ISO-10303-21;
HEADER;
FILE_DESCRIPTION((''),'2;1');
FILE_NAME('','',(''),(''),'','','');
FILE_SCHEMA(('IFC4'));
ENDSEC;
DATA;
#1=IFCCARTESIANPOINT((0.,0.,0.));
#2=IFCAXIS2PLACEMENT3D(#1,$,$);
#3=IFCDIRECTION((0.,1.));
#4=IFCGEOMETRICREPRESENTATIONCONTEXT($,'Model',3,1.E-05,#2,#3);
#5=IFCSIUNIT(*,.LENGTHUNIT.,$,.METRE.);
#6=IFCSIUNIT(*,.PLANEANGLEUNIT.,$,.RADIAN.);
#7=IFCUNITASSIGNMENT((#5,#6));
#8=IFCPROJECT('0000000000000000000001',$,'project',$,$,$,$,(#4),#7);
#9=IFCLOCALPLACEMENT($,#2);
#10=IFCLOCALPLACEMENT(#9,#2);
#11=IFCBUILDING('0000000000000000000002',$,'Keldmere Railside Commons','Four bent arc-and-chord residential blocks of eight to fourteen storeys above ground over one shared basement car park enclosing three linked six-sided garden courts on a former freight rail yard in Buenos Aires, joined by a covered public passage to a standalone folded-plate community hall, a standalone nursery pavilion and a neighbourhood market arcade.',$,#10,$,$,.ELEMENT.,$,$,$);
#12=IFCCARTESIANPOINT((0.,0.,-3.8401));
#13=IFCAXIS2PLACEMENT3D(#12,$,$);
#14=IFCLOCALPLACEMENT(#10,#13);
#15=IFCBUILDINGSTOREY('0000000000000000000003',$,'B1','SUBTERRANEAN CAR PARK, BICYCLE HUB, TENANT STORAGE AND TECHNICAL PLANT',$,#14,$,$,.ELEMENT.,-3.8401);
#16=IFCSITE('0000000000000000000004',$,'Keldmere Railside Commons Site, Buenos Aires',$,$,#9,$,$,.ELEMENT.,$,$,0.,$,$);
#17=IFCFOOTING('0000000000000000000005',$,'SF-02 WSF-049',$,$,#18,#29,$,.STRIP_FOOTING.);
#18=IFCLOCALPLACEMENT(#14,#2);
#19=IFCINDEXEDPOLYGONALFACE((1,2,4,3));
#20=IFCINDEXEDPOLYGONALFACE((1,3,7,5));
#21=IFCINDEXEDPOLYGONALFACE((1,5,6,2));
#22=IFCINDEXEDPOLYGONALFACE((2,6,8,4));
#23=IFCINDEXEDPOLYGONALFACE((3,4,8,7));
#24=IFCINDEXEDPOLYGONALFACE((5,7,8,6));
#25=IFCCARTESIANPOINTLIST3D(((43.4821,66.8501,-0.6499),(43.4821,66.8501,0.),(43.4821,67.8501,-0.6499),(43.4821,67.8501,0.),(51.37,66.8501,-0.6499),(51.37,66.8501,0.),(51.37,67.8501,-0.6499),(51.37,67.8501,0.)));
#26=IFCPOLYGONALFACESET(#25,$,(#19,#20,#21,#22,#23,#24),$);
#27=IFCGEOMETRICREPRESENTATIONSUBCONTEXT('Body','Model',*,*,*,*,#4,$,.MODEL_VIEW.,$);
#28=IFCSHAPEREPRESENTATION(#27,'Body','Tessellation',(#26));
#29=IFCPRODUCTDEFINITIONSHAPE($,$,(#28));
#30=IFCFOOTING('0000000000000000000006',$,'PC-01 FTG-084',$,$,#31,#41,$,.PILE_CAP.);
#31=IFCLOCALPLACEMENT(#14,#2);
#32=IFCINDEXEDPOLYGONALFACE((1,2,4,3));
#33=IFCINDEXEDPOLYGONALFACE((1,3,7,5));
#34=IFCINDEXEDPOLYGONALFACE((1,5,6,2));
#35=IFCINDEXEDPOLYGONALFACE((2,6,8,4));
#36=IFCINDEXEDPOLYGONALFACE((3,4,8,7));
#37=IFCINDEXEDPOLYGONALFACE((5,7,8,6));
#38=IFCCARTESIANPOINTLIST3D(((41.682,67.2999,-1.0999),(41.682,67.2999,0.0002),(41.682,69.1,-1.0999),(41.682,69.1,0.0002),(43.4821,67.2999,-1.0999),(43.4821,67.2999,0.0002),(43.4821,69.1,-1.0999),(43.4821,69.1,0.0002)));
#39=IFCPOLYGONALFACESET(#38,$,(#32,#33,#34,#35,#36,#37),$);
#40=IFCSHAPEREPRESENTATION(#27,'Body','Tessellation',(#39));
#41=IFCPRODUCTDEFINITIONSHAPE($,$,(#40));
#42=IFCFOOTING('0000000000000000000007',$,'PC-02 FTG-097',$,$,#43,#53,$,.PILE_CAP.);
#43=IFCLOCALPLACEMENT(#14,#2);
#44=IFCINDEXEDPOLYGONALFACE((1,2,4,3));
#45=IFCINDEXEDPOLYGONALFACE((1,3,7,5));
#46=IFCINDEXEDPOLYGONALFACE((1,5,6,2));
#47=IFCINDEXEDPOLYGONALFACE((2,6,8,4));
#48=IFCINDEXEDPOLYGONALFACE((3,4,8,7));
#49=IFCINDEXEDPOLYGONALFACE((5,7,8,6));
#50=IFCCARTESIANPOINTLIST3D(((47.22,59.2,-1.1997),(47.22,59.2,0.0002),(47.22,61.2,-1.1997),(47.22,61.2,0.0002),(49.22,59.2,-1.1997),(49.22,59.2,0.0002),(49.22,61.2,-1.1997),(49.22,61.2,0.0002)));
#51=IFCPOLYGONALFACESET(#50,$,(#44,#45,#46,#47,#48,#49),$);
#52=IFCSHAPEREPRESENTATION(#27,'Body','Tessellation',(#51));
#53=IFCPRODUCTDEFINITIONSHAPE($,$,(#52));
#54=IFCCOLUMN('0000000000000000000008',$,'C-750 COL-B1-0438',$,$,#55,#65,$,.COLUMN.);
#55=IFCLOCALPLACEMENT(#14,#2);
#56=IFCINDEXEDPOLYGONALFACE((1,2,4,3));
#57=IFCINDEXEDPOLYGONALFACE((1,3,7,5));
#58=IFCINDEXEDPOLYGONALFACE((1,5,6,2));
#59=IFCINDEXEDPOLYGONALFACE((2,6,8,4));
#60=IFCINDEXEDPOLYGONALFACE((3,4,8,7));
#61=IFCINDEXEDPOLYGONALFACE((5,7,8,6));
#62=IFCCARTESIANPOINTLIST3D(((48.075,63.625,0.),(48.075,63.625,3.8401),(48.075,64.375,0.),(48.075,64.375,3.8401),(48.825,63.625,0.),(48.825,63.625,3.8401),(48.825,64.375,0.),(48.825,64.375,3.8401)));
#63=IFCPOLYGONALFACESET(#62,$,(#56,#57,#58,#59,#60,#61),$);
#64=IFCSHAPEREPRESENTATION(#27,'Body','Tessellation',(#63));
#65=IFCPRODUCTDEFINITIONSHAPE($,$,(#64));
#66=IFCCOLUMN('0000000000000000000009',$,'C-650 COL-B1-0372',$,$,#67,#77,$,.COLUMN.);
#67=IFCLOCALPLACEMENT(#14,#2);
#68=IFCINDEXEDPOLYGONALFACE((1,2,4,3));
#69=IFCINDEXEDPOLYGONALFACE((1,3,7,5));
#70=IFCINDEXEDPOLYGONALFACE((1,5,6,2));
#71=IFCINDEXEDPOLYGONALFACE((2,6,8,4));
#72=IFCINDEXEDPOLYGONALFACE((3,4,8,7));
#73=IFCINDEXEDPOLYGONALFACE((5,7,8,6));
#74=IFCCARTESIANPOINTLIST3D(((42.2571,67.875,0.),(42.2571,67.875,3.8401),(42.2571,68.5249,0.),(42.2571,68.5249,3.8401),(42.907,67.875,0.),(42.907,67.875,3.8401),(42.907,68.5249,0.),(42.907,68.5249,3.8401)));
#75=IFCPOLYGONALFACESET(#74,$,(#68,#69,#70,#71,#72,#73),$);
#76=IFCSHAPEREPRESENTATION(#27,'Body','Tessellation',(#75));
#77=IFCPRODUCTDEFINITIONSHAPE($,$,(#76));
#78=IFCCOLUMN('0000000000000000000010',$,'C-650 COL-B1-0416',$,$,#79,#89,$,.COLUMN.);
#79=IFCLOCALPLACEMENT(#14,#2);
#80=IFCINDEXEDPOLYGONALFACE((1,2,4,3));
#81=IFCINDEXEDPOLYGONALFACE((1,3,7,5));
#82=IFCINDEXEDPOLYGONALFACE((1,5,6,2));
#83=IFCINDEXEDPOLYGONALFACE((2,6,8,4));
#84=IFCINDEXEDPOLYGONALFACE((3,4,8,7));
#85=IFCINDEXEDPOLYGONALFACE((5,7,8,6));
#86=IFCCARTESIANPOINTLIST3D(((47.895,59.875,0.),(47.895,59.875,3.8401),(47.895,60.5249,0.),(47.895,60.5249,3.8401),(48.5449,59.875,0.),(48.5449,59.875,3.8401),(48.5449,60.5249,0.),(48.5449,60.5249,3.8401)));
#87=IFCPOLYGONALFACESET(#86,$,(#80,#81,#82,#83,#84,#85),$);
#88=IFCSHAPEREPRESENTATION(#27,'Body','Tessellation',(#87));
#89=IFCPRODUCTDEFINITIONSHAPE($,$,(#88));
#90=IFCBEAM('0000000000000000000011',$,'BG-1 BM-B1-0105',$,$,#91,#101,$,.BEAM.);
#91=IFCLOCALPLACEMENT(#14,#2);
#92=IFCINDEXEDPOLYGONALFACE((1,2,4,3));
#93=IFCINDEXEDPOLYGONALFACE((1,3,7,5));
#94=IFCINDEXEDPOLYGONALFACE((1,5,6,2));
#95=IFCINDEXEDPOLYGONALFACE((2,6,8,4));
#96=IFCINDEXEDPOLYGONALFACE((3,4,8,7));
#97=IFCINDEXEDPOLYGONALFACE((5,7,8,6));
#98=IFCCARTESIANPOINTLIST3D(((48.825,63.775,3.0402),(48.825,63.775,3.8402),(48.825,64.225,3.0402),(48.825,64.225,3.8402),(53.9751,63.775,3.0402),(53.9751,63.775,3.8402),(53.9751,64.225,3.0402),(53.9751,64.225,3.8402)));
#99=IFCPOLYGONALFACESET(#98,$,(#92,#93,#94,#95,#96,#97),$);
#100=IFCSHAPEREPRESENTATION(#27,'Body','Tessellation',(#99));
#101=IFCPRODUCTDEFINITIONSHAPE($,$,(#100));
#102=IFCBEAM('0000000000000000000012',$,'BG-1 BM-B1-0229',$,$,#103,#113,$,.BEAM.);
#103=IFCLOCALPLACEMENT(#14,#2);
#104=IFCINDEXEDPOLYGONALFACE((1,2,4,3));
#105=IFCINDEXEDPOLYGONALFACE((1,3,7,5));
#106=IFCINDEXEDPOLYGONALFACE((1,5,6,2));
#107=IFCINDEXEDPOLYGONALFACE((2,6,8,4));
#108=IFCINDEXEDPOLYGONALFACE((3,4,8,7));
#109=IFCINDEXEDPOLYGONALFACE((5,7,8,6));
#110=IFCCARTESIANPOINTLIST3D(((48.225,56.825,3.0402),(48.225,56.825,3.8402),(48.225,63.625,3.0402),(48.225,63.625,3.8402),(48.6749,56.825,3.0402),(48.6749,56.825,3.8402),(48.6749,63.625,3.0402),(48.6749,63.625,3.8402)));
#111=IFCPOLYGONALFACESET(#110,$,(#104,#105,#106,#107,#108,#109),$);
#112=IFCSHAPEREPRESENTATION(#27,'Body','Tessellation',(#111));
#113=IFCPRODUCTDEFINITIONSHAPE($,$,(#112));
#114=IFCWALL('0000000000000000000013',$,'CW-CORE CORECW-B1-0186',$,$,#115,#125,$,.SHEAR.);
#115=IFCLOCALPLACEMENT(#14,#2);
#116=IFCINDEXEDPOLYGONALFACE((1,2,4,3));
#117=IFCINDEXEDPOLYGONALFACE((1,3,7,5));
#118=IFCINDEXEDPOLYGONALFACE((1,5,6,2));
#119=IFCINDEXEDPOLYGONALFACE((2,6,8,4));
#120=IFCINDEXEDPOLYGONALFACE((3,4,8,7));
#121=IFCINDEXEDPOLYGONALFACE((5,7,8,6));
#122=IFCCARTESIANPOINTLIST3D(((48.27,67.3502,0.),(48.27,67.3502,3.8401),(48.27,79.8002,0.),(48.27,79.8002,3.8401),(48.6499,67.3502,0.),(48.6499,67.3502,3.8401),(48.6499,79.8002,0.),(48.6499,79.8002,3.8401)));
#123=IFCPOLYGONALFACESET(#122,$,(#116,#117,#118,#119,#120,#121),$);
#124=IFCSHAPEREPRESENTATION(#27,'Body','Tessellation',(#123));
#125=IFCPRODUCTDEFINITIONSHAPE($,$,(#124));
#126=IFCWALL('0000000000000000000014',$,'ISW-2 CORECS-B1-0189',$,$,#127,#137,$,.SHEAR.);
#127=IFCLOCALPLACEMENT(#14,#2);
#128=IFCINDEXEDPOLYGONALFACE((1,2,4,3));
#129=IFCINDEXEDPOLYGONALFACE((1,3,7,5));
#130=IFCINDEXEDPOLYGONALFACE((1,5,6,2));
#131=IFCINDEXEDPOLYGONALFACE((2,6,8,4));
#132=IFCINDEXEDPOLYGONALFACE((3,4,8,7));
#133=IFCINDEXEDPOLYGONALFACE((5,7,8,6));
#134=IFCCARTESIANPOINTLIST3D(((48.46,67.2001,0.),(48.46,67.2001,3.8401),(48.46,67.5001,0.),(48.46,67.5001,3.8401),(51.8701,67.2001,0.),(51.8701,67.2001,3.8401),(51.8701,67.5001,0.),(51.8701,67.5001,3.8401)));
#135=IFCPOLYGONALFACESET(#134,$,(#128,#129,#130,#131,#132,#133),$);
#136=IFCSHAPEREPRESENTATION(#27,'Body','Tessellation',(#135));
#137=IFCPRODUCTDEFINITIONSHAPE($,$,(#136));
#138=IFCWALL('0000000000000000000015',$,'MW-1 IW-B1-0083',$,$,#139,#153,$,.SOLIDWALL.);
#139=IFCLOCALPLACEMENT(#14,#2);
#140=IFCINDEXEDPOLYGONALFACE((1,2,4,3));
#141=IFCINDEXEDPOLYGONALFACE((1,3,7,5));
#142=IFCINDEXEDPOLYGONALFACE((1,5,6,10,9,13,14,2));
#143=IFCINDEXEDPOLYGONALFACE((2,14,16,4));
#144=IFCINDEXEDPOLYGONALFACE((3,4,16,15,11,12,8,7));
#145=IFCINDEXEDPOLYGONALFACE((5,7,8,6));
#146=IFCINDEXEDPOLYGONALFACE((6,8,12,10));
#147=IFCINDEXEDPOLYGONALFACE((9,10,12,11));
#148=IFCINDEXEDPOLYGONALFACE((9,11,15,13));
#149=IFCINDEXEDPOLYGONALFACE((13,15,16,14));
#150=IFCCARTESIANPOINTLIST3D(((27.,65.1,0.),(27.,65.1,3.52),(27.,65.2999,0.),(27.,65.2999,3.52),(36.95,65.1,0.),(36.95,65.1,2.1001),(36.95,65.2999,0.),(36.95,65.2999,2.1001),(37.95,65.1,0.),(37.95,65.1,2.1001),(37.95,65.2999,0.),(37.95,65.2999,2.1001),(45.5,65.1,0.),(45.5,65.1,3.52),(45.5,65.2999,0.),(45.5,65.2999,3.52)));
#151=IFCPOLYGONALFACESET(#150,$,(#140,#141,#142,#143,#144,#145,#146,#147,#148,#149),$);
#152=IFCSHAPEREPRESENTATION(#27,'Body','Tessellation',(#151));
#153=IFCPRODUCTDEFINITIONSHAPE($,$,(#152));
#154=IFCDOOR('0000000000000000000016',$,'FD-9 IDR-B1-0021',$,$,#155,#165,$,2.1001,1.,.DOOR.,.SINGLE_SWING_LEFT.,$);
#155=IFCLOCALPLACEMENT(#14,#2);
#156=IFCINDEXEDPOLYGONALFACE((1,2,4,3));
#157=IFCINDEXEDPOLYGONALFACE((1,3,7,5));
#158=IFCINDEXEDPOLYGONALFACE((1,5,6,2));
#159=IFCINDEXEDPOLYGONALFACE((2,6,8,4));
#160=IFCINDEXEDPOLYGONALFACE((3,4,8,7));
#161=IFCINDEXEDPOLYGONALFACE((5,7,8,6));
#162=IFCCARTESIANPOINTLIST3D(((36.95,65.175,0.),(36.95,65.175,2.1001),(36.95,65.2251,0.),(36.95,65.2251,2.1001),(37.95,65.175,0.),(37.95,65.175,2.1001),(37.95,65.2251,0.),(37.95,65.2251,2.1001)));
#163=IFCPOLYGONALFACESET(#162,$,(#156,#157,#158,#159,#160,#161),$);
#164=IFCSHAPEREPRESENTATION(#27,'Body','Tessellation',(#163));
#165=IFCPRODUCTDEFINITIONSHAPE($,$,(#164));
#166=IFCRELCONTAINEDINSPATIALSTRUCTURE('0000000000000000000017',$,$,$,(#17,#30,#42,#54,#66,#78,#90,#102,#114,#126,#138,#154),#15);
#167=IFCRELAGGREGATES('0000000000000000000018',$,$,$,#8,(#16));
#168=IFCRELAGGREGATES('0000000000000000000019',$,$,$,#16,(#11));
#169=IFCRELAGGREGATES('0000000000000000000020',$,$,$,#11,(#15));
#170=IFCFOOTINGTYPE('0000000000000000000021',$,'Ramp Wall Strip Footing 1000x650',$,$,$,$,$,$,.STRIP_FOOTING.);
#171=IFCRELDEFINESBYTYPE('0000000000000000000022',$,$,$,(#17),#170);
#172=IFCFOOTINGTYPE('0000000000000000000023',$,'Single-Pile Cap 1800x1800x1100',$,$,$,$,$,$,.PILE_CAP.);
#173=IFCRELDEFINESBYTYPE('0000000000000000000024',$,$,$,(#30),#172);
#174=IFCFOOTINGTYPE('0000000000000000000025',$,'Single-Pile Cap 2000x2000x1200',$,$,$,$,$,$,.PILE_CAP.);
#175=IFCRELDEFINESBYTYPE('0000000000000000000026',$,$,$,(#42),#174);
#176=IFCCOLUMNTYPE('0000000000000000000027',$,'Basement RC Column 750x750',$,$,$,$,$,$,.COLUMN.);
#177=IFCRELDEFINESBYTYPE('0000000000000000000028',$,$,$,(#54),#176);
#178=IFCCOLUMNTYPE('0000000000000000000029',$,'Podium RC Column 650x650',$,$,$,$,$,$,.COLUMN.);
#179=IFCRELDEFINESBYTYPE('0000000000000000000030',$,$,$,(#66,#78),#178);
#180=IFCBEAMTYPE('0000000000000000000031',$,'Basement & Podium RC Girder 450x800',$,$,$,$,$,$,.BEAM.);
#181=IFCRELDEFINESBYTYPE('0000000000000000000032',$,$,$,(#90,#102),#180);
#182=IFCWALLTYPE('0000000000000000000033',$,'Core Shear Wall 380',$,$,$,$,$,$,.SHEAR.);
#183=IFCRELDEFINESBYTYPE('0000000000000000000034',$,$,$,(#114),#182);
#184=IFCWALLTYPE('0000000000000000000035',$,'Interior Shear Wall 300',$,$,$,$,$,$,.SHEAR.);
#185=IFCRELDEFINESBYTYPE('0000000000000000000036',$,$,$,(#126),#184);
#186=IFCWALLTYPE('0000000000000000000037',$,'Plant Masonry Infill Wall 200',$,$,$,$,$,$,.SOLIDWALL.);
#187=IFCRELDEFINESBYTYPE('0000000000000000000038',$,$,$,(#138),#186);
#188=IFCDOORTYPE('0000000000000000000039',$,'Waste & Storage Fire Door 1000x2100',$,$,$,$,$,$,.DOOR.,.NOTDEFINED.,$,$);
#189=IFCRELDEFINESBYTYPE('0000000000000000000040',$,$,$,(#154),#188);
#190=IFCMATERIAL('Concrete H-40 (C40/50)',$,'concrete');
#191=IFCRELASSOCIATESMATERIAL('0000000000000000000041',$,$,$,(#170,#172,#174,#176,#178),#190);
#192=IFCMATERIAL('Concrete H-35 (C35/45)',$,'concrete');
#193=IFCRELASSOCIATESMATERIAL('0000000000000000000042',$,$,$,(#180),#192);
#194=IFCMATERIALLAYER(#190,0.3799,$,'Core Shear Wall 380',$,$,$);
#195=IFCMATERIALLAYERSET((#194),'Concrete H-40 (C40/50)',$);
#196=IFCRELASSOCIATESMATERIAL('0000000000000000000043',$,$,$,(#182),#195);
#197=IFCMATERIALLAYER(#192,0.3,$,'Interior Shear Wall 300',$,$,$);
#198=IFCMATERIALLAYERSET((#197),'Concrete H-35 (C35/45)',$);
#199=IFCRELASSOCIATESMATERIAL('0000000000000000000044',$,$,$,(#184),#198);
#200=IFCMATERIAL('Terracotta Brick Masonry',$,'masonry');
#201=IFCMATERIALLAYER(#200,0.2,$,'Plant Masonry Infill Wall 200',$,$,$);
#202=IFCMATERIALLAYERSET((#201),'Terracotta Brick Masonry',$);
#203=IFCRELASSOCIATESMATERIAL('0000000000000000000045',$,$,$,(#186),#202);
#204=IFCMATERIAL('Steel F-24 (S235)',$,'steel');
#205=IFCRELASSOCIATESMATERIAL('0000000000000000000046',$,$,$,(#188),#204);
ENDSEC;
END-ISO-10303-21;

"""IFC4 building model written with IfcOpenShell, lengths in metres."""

from ifc_helpers import new_model, si_unit, direction, frame, frame_2d, origin, origin_2d, place, context, subcontext, project, spatial, rectangle, extrude, material, layer, layer_set, material_profile, profile_set, type_object, element, fill, save


model = new_model("IFC4")

# Units and contexts
model_context = context("Model", 3, precision=1e-05, world=origin(), true_north=direction((0.0, 1.0)))
body_context = subcontext(model_context, "Body", "Model", "MODEL_VIEW")
ifc_project = project(units=[si_unit("LENGTHUNIT", "METRE"), si_unit("PLANEANGLEUNIT", "RADIAN")], contexts=[model_context])

# Site, building, storey
site_placement = place(None, origin())
site = spatial("IfcSite", under=ifc_project, at=site_placement, Name="Keldmere Railside Commons Site, Buenos Aires", CompositionType="ELEMENT", RefElevation=0.0)
building_placement = place(site_placement, origin())
building = spatial("IfcBuilding", under=site, at=building_placement, Name="Keldmere Railside Commons", Description="Four bent arc-and-chord residential blocks of eight to fourteen storeys above ground over one shared basement car park enclosing three linked six-sided garden courts on a former freight rail yard in Buenos Aires, joined by a covered public passage to a standalone folded-plate community hall, a standalone nursery pavilion and a neighbourhood market arcade.", CompositionType="ELEMENT")
storey_placement = place(building_placement, frame((0.0, 0.0, -3.8401)))
storey = spatial("IfcBuildingStorey", under=building, at=storey_placement, Name="B1", Description="SUBTERRANEAN CAR PARK, BICYCLE HUB, TENANT STORAGE AND TECHNICAL PLANT", CompositionType="ELEMENT", Elevation=-3.8401)

# Footings
ifc_material_1 = material(Name="Concrete H-40 (C40/50)", Category="concrete")
footing_type_1 = type_object("IfcFootingType", Name="Ramp Wall Strip Footing 1000x650", PredefinedType="STRIP_FOOTING", material=ifc_material_1)
footing_1_placement = place(storey_placement, frame((47.426, 67.3501, -0.6499), z_axis=(0.0, 0.0, 1.0), x_axis=(1.0, 0.0, 0.0)))
element("IfcFooting", 1, at=footing_1_placement, inside=storey, type_object=footing_type_1, Name="SF-02 WSF-049", PredefinedType="STRIP_FOOTING", context=body_context, shape_type="SweptSolid", body=[
    extrude(rectangle(XDim=7.8879, YDim=1.0, at=origin_2d()), origin(), (0.0, 0.0, 1.0), 0.6499),
])
footing_type_2 = type_object("IfcFootingType", Name="Single-Pile Cap 1800x1800x1100", PredefinedType="PILE_CAP", material=ifc_material_1)
footing_2_placement = place(storey_placement, frame((42.582, 68.2, -1.0999), z_axis=(0.0, 0.0, 1.0), x_axis=(1.0, 0.0, 0.0)))
element("IfcFooting", 2, at=footing_2_placement, inside=storey, type_object=footing_type_2, Name="PC-01 FTG-084", PredefinedType="PILE_CAP", context=body_context, shape_type="SweptSolid", body=[
    extrude(rectangle(XDim=1.8, YDim=1.8, at=origin_2d()), origin(), (0.0, 0.0, 1.0), 1.1001),
])
footing_type_3 = type_object("IfcFootingType", Name="Single-Pile Cap 2000x2000x1200", PredefinedType="PILE_CAP", material=ifc_material_1)
footing_3_placement = place(storey_placement, frame((48.22, 60.2, -1.1997), z_axis=(0.0, 0.0, 1.0), x_axis=(1.0, 0.0, 0.0)))
element("IfcFooting", 3, at=footing_3_placement, inside=storey, type_object=footing_type_3, Name="PC-02 FTG-097", PredefinedType="PILE_CAP", context=body_context, shape_type="SweptSolid", body=[
    extrude(rectangle(XDim=2.0, YDim=2.0, at=origin_2d()), origin(), (0.0, 0.0, 1.0), 1.2),
])

# Columns
ifc_material_profile_1 = material_profile(ifc_material_1, rectangle(XDim=0.75, YDim=0.75, at=origin_2d()), Name="RC-750x750")
ifc_profile_set_1 = profile_set([ifc_material_profile_1], Name="Concrete H-40 (C40/50)")
column_type_1 = type_object("IfcColumnType", Name="Basement RC Column 750x750", PredefinedType="COLUMN", material=ifc_profile_set_1)
column_placement = place(storey_placement, frame((48.45, 64.0, 0.0), z_axis=(0.0, 0.0, 1.0), x_axis=(1.0, 0.0, 0.0)))
element("IfcColumn", 4, at=column_placement, inside=storey, type_object=column_type_1, Name="C-750 COL-B1-0438", PredefinedType="COLUMN", context=body_context, shape_type="SweptSolid", body=[
    extrude(rectangle(XDim=0.75, YDim=0.75, at=origin_2d()), origin(), (0.0, 0.0, 1.0), 3.8401),
])
ifc_material_profile_2 = material_profile(ifc_material_1, rectangle(XDim=0.6499, YDim=0.6499, at=origin_2d()), Name="RC-650x650")
ifc_profile_set_2 = profile_set([ifc_material_profile_2], Name="Concrete H-40 (C40/50)")
column_type_2 = type_object("IfcColumnType", Name="Podium RC Column 650x650", PredefinedType="COLUMN", material=ifc_profile_set_2)
for number, where, z_axis, x_axis, name in (
    (5, (42.582, 68.2, 0.0), (0.0, 0.0, 1.0), (1.0, 0.0, 0.0), "C-650 COL-B1-0372"),
    (6, (48.22, 60.2, 0.0), (0.0, 0.0, 1.0), (1.0, 0.0, 0.0), "C-650 COL-B1-0416"),
):
    element("IfcColumn", number, at=place(storey_placement, frame(where, z_axis=z_axis, x_axis=x_axis)), inside=storey, type_object=column_type_2, Name=name, PredefinedType="COLUMN", context=body_context, shape_type="SweptSolid", body=[
        extrude(rectangle(XDim=0.6499, YDim=0.6499, at=origin_2d()), origin(), (0.0, 0.0, 1.0), 3.8401),
    ])

# Beams
ifc_material_2 = material(Name="Concrete H-35 (C35/45)", Category="concrete")
ifc_material_profile_3 = material_profile(ifc_material_2, rectangle(XDim=0.45, YDim=0.8, at=origin_2d()), Name="RC-450x800")
ifc_profile_set_3 = profile_set([ifc_material_profile_3], Name="Concrete H-35 (C35/45)")
beam_type = type_object("IfcBeamType", Name="Basement & Podium RC Girder 450x800", PredefinedType="BEAM", material=ifc_profile_set_3)
beam_1_placement = place(storey_placement, frame((48.825, 64.0, 3.4402), z_axis=(1.0, 0.0, 0.0), x_axis=(0.0, 1.0, 0.0)))
element("IfcBeam", 7, at=beam_1_placement, inside=storey, type_object=beam_type, Name="BG-1 BM-B1-0105", PredefinedType="BEAM", context=body_context, shape_type="SweptSolid", body=[
    extrude(rectangle(XDim=0.45, YDim=0.8, at=origin_2d()), origin(), (0.0, 0.0, 1.0), 5.1501),
])
beam_2_placement = place(storey_placement, frame((48.45, 56.825, 3.4402), z_axis=(0.0, 1.0, 0.0), x_axis=(-1.0, 0.0, 0.0)))
element("IfcBeam", 8, at=beam_2_placement, inside=storey, type_object=beam_type, Name="BG-1 BM-B1-0229", PredefinedType="BEAM", context=body_context, shape_type="SweptSolid", body=[
    extrude(rectangle(XDim=0.45, YDim=0.8, at=origin_2d()), origin(), (0.0, 0.0, 1.0), 6.8),
])

# Walls
ifc_layer_1 = layer(ifc_material_1, 0.3799, Name="Core Shear Wall 380")
ifc_layer_set_1 = layer_set([ifc_layer_1], Name="Concrete H-40 (C40/50)")
wall_type_1 = type_object("IfcWallType", Name="Core Shear Wall 380", PredefinedType="SHEAR", material=ifc_layer_set_1)
wall_1_placement = place(storey_placement, frame((48.46, 67.3501, 0.0), z_axis=(0.0, 0.0, 1.0), x_axis=(0.0, 1.0, 0.0)))
element("IfcWall", 9, at=wall_1_placement, inside=storey, type_object=wall_type_1, Name="CW-CORE CORECW-B1-0186", PredefinedType="SHEAR", context=body_context, shape_type="SweptSolid", body=[
    extrude(rectangle(XDim=12.45, YDim=0.3799, at=frame_2d((6.2251, 0.0))), origin(), (0.0, 0.0, 1.0), 3.8401),
])
ifc_layer_2 = layer(ifc_material_2, 0.3, Name="Interior Shear Wall 300")
ifc_layer_set_2 = layer_set([ifc_layer_2], Name="Concrete H-35 (C35/45)")
wall_type_2 = type_object("IfcWallType", Name="Interior Shear Wall 300", PredefinedType="SHEAR", material=ifc_layer_set_2)
wall_2_placement = place(storey_placement, frame((51.8701, 67.3501, 0.0), z_axis=(0.0, 0.0, 1.0), x_axis=(-1.0, 0.0, 0.0)))
element("IfcWall", 10, at=wall_2_placement, inside=storey, type_object=wall_type_2, Name="ISW-2 CORECS-B1-0189", PredefinedType="SHEAR", context=body_context, shape_type="SweptSolid", body=[
    extrude(rectangle(XDim=3.4102, YDim=0.3, at=frame_2d((1.7051, 0.0))), origin(), (0.0, 0.0, 1.0), 3.8401),
])

# Wall, opening, door
ifc_material_3 = material(Name="Terracotta Brick Masonry", Category="masonry")
ifc_layer_3 = layer(ifc_material_3, 0.2, Name="Plant Masonry Infill Wall 200")
ifc_layer_set_3 = layer_set([ifc_layer_3], Name="Terracotta Brick Masonry")
wall_type_3 = type_object("IfcWallType", Name="Plant Masonry Infill Wall 200", PredefinedType="SOLIDWALL", material=ifc_layer_set_3)
wall_3_placement = place(storey_placement, frame((45.5, 65.2, 0.0), z_axis=(0.0, 0.0, 1.0), x_axis=(-1.0, 0.0, 0.0)))
wall_3 = element("IfcWall", 11, at=wall_3_placement, inside=storey, type_object=wall_type_3, Name="MW-1 IW-B1-0083", PredefinedType="SOLIDWALL", context=body_context, shape_type="SweptSolid", body=[
    extrude(rectangle(XDim=18.5, YDim=0.2, at=frame_2d((9.25, 0.0))), origin(), (0.0, 0.0, 1.0), 3.52),
])
opening_placement = place(wall_3_placement, frame((7.55, 0.0, 0.0)))
opening = element("IfcOpeningElement", 12, at=opening_placement, cuts=wall_3, PredefinedType="OPENING", context=body_context, shape_type="SweptSolid", body=[
    extrude(rectangle(XDim=1.0, YDim=2.1001, at=frame_2d((0.5, 1.05))), frame((0.0, 0.1099, 0.0), z_axis=(0.0, -1.0, 0.0), x_axis=(1.0, 0.0, 0.0)), (0.0, 0.0, 1.0), 0.22),
])
ifc_material_4 = material(Name="Steel F-24 (S235)", Category="steel")
door_type = type_object("IfcDoorType", Name="Waste & Storage Fire Door 1000x2100", OperationType="NOTDEFINED", PredefinedType="DOOR", material=ifc_material_4)
door_placement = place(opening_placement, origin())
door = element("IfcDoor", 13, at=door_placement, inside=storey, type_object=door_type, Name="FD-9 IDR-B1-0021", OperationType="SINGLE_SWING_LEFT", OverallHeight=2.1001, OverallWidth=1.0, PredefinedType="DOOR", context=body_context, shape_type="SweptSolid", body=[
    extrude(rectangle(XDim=1.0, YDim=2.1001, at=frame_2d((0.5, 1.05))), frame((0.0, 0.0249, 0.0), z_axis=(0.0, -1.0, 0.0), x_axis=(1.0, 0.0, 0.0)), (0.0, 0.0, 1.0), 0.05),
])
fill(opening, door)

save(model, "model.ifc")
